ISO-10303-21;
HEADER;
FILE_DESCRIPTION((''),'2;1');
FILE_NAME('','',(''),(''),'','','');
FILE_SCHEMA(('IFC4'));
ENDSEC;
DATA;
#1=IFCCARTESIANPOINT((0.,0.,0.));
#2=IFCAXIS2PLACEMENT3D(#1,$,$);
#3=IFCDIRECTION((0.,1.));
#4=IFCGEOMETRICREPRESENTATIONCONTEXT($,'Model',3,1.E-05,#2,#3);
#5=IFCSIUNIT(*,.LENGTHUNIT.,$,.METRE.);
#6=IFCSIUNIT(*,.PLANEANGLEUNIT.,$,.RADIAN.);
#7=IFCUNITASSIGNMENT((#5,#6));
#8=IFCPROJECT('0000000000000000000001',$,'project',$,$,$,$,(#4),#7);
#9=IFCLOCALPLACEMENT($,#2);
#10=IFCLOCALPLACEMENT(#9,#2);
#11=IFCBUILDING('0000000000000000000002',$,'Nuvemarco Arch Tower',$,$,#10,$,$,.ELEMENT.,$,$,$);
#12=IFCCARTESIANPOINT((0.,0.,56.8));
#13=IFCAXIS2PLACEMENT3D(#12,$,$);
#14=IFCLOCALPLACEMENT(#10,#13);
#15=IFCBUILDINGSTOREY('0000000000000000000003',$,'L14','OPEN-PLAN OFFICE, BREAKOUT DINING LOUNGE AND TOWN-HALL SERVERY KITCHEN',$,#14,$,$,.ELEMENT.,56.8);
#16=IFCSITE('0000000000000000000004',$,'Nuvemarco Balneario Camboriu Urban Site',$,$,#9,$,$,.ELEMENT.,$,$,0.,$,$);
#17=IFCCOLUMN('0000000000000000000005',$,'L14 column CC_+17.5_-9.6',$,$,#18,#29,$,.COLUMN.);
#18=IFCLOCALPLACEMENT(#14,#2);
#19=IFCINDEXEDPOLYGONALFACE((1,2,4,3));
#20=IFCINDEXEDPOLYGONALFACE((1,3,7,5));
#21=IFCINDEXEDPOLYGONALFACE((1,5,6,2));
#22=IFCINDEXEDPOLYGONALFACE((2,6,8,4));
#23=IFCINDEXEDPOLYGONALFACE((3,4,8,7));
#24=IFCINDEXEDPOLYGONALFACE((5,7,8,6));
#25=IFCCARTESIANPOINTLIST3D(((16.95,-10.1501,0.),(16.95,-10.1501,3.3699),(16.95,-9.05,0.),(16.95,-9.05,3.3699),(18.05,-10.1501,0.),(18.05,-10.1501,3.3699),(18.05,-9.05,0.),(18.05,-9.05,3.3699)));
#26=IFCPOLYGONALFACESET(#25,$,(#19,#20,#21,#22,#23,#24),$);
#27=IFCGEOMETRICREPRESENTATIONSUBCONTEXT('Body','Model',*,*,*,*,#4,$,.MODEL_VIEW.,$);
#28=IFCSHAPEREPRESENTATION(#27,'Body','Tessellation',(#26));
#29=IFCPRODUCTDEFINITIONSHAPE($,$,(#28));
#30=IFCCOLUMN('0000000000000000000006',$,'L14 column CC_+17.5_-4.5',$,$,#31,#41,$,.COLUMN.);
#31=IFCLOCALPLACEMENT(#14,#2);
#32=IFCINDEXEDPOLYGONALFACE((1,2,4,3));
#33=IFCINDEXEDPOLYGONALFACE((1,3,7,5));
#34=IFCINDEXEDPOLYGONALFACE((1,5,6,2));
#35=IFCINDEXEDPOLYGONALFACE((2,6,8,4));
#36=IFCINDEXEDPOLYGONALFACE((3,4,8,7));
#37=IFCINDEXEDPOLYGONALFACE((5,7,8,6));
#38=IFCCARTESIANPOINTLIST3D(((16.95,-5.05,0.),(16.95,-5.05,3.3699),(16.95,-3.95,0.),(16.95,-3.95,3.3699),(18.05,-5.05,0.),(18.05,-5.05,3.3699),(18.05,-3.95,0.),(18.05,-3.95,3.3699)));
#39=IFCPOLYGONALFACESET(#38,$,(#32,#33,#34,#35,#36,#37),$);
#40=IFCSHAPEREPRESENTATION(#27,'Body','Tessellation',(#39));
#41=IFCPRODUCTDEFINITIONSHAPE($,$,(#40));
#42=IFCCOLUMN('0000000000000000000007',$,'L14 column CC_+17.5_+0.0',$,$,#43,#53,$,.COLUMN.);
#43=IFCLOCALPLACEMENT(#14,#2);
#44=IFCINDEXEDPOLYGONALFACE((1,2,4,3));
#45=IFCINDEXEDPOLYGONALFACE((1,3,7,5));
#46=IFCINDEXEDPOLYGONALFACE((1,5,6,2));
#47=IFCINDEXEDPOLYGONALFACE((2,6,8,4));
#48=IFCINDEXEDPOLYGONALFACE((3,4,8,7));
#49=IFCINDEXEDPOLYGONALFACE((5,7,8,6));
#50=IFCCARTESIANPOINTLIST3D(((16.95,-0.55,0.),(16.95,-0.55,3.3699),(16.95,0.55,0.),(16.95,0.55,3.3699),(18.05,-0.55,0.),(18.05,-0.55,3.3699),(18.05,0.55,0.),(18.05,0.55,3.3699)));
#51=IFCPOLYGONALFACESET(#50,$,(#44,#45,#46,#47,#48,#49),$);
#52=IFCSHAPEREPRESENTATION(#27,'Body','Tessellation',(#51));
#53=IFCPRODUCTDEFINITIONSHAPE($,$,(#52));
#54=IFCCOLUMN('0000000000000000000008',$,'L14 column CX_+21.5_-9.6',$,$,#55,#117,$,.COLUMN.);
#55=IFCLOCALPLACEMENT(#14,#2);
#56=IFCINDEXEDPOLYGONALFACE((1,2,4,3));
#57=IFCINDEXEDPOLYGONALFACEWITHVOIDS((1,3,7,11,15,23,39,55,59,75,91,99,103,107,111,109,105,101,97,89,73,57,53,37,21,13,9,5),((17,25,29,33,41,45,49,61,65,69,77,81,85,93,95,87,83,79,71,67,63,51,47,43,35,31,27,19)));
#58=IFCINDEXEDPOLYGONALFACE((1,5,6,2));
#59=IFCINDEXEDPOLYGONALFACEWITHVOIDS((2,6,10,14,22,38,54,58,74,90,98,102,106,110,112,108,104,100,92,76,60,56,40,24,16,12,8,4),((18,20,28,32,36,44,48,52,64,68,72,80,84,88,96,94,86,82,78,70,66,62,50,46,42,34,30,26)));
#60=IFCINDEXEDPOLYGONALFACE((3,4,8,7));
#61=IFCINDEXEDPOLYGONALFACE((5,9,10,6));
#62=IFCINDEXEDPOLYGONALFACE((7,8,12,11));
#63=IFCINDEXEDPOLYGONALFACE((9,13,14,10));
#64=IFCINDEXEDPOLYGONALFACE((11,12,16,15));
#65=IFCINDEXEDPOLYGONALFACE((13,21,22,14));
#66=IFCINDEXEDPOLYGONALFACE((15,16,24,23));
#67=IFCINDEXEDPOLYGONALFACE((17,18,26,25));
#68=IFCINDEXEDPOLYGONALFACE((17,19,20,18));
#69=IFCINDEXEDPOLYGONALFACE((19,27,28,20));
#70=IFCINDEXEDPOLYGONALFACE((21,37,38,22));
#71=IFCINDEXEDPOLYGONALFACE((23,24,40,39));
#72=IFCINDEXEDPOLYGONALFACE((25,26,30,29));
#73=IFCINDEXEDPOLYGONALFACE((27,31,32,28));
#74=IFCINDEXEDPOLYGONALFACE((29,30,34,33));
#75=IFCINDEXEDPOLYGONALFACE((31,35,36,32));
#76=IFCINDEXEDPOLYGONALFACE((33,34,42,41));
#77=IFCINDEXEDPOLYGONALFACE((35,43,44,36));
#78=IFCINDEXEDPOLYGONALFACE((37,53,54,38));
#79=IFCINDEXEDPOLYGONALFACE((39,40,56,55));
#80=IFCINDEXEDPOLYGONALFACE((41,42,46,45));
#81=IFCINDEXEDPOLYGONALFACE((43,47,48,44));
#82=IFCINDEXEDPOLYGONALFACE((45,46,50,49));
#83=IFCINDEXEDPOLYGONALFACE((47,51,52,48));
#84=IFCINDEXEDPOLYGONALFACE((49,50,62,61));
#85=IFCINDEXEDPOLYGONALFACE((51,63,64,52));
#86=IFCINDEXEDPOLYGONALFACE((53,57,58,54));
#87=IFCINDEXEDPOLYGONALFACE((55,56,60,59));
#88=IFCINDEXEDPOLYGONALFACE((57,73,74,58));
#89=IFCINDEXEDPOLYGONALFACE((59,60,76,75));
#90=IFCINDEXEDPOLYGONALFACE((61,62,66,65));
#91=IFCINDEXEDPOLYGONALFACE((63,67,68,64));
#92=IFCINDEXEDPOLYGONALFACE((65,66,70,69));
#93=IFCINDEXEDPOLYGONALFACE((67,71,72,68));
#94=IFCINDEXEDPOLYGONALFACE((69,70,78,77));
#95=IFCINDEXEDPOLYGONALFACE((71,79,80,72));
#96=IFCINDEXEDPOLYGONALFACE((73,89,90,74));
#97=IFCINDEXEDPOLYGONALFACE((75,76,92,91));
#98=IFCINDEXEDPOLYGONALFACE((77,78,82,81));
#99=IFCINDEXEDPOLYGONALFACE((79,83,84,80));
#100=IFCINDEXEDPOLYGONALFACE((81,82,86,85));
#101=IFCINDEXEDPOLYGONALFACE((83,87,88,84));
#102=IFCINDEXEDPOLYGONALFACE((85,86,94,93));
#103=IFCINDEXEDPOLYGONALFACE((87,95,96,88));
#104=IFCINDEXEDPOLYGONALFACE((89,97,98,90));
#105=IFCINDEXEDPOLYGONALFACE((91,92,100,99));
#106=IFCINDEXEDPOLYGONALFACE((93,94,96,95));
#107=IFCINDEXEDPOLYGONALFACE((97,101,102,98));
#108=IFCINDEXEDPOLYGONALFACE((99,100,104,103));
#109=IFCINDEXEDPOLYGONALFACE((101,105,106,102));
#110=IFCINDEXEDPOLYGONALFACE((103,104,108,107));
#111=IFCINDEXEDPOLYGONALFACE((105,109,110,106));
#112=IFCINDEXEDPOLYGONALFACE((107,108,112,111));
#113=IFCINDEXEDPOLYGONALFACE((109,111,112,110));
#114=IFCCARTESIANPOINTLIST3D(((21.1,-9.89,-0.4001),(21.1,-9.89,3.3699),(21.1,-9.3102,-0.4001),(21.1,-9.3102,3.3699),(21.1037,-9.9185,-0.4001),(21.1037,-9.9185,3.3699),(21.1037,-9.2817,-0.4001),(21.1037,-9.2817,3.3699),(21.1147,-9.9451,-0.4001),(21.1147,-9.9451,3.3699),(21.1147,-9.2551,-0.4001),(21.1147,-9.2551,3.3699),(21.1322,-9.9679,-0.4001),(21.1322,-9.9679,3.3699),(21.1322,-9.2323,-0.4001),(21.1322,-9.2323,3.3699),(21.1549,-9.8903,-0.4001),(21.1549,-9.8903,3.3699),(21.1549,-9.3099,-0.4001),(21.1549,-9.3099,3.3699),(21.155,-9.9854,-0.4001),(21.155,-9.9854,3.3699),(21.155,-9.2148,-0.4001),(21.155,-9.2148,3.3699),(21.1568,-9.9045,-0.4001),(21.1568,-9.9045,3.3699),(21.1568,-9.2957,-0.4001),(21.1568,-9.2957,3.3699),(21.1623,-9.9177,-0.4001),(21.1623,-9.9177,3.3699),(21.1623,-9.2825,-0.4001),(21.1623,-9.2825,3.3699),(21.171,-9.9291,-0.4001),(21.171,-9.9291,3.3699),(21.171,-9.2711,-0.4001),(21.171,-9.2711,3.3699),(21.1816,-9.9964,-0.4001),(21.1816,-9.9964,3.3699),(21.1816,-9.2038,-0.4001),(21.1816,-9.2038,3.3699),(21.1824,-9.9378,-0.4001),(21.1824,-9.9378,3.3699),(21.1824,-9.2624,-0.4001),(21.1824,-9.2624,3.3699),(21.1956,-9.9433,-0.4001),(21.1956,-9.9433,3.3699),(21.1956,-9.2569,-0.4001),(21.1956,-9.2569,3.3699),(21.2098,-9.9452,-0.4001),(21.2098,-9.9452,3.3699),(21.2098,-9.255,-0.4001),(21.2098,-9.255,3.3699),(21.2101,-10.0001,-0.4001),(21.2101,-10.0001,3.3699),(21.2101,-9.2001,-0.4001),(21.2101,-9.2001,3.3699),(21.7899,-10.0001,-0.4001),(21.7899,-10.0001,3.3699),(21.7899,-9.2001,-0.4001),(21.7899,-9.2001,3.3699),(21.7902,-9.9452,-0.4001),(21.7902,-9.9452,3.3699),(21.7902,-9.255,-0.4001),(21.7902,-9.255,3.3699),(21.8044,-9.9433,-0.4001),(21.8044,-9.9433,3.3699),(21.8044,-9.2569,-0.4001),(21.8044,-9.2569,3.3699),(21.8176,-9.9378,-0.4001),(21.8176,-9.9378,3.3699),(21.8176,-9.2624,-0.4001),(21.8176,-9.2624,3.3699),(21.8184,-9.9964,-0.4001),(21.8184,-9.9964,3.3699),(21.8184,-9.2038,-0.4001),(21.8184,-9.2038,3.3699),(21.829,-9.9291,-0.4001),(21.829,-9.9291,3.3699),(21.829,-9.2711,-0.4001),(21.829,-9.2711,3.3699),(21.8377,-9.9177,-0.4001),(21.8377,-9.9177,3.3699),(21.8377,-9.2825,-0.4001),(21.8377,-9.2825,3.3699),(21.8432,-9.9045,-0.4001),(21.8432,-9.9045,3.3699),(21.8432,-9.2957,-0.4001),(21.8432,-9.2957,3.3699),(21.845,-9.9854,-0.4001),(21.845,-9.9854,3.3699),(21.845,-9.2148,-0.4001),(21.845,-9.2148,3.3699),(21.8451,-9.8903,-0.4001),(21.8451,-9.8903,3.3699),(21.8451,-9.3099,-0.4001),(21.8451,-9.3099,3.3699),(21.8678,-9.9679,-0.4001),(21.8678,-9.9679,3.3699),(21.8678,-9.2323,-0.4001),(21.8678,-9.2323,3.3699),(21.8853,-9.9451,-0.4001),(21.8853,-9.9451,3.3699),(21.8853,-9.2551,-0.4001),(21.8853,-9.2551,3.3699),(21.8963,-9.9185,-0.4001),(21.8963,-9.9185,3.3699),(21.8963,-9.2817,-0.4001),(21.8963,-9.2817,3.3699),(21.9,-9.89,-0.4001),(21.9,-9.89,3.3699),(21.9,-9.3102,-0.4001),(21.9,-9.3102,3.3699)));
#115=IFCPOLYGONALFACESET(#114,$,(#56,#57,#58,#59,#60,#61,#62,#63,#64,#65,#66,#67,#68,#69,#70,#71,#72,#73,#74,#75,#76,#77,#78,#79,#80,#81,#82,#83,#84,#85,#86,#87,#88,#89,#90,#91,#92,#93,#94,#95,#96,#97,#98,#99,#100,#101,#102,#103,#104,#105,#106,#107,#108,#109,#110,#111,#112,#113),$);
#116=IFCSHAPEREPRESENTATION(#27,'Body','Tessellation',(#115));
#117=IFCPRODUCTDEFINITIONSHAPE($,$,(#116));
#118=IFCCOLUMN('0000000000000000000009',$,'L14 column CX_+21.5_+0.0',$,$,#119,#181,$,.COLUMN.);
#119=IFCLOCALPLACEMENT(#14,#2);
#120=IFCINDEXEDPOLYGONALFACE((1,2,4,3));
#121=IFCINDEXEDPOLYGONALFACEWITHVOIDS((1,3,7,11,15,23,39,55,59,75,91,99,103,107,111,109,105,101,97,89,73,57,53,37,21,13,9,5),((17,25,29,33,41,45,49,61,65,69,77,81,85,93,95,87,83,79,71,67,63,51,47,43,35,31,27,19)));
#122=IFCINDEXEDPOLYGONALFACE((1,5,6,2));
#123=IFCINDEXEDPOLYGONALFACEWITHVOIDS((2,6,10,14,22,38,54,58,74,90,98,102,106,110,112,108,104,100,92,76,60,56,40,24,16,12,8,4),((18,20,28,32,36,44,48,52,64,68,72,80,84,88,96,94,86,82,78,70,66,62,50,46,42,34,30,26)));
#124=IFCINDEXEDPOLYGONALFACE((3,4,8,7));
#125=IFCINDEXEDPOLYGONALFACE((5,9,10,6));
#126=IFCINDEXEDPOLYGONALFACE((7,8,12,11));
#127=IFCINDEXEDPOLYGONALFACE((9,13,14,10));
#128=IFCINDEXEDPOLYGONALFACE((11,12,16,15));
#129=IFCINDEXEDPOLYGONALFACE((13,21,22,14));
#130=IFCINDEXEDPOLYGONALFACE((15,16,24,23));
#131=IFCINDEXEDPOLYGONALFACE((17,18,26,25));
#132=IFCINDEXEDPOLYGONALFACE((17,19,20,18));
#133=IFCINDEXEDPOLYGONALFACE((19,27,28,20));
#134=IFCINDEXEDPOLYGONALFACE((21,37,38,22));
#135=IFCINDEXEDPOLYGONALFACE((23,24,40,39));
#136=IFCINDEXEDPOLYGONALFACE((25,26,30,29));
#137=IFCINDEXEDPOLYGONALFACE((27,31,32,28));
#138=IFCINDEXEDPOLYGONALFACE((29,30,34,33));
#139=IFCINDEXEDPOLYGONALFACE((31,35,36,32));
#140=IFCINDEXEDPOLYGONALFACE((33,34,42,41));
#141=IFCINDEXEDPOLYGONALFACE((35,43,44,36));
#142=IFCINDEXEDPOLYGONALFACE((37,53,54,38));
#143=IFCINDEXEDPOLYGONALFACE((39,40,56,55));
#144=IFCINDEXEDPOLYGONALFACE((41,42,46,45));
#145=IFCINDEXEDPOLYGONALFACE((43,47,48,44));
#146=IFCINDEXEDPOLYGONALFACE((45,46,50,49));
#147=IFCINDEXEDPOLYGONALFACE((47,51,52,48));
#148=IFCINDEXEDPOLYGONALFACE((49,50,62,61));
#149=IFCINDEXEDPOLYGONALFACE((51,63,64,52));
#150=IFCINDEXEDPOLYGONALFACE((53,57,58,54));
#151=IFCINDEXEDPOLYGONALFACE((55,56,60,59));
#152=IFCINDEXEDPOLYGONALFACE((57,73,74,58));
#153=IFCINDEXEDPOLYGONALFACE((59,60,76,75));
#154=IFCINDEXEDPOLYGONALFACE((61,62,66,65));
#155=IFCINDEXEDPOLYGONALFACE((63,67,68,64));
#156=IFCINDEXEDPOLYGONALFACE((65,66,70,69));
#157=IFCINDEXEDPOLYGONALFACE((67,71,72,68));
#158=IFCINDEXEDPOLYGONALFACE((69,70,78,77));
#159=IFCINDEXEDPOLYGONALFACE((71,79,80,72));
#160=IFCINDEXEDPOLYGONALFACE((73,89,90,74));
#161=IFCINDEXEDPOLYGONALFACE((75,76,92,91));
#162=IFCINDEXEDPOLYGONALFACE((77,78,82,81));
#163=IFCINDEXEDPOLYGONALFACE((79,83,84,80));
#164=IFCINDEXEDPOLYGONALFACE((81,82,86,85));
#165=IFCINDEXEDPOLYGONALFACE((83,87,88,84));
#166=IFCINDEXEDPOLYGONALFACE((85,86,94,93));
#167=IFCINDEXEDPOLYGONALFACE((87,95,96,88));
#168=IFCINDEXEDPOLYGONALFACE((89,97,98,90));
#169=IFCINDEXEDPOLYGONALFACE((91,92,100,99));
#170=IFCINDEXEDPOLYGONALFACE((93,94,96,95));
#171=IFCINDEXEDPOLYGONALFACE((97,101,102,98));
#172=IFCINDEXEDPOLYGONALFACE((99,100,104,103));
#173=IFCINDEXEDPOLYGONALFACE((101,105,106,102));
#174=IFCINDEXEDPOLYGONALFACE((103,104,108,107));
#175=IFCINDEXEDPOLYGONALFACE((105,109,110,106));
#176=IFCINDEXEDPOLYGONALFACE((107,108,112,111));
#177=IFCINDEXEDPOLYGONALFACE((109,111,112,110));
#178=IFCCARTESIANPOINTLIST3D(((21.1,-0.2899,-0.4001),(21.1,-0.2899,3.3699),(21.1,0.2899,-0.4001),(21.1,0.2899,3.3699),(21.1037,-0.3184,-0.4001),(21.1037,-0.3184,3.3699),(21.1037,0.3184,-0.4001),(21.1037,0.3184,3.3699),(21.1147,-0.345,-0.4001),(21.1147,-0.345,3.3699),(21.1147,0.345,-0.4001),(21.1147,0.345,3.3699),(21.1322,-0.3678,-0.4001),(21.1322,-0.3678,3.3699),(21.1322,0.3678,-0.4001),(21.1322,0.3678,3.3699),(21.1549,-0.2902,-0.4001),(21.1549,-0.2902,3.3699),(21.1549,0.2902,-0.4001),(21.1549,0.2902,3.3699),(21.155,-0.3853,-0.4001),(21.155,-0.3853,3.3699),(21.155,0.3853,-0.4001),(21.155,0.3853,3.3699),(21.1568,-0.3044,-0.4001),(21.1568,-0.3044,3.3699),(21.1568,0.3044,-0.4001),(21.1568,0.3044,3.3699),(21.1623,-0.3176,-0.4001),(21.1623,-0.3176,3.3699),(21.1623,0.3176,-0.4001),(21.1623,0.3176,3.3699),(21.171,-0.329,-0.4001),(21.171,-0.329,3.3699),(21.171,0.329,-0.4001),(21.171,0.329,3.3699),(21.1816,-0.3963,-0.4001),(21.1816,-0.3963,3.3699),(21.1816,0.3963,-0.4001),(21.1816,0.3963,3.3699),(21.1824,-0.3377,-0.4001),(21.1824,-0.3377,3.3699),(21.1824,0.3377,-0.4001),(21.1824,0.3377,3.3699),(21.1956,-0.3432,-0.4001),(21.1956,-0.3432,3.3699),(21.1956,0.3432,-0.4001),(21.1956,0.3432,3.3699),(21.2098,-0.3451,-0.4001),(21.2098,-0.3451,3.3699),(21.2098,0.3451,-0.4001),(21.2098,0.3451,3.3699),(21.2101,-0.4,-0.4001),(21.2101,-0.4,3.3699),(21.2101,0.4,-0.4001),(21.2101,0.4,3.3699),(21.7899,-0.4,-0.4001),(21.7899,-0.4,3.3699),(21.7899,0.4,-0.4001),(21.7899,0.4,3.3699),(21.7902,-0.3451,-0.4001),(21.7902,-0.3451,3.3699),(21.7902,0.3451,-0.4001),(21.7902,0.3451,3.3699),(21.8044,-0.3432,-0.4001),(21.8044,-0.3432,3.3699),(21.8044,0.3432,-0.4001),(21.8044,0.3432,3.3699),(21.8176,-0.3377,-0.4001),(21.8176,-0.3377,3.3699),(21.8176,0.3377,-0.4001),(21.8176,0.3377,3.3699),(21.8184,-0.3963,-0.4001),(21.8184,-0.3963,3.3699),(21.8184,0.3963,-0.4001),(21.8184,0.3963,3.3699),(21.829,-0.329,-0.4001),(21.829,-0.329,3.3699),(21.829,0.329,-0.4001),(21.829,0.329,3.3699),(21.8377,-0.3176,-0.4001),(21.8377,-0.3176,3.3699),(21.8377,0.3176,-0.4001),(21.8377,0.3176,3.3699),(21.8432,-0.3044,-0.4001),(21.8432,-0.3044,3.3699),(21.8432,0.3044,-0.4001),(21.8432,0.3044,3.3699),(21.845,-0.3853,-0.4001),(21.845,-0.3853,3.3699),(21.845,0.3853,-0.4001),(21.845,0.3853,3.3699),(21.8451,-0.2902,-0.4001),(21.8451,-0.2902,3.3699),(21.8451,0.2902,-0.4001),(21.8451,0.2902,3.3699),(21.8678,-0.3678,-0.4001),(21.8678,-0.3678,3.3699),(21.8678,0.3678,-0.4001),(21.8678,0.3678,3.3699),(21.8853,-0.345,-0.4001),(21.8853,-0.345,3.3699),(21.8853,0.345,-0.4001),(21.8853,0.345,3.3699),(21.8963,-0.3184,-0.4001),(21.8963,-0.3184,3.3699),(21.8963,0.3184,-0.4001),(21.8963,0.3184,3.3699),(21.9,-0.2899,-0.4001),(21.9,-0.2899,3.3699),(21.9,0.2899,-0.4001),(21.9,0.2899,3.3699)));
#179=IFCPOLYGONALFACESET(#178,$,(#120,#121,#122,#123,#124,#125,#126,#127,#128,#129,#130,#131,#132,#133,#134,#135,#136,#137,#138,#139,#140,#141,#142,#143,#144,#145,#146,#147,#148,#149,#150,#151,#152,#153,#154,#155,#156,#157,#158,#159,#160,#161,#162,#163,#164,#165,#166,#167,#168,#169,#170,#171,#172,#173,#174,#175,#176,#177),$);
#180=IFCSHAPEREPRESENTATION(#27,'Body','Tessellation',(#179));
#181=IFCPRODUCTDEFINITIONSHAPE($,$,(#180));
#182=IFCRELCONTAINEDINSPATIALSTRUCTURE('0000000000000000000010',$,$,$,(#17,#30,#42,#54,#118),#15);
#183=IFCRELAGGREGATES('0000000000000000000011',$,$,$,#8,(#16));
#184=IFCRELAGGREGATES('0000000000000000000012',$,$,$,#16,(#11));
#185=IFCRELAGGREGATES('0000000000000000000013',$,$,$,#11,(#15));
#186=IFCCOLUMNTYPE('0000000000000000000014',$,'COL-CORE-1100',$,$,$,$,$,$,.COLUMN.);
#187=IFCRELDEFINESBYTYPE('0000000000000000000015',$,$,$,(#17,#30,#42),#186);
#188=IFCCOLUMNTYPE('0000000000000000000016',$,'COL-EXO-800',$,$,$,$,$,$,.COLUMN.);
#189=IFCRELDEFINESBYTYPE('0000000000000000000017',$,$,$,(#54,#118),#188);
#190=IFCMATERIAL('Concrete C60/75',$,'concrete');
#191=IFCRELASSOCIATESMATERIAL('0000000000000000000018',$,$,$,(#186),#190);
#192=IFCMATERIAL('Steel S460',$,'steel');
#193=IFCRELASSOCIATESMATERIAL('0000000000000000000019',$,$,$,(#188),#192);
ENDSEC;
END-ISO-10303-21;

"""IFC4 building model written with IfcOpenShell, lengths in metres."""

from ifc_helpers import new_model, si_unit, direction, frame, origin, origin_2d, place, context, subcontext, project, spatial, rectangle, hollow_rectangle, extrude, material, material_profile, profile_set, type_object, element, save


model = new_model("IFC4")

# Units and contexts
model_context = context("Model", 3, precision=1e-05, world=origin(), true_north=direction((0.0, 1.0)))
body_context = subcontext(model_context, "Body", "Model", "MODEL_VIEW")
ifc_project = project(units=[si_unit("LENGTHUNIT", "METRE"), si_unit("PLANEANGLEUNIT", "RADIAN")], contexts=[model_context])

# Site, building, storey
site_placement = place(None, origin())
site = spatial("IfcSite", under=ifc_project, at=site_placement, Name="Nuvemarco Balneario Camboriu Urban Site", CompositionType="ELEMENT", RefElevation=0.0)
building_placement = place(site_placement, origin())
building = spatial("IfcBuilding", under=site, at=building_placement, Name="Nuvemarco Arch Tower", CompositionType="ELEMENT")
storey_placement = place(building_placement, frame((0.0, 0.0, 56.8)))
storey = spatial("IfcBuildingStorey", under=building, at=storey_placement, Name="L14", Description="OPEN-PLAN OFFICE, BREAKOUT DINING LOUNGE AND TOWN-HALL SERVERY KITCHEN", CompositionType="ELEMENT", Elevation=56.8)

# Columns
ifc_material_1 = material(Name="Concrete C60/75", Category="concrete")
ifc_material_profile_1 = material_profile(ifc_material_1, rectangle(XDim=1.1001, YDim=1.1001, at=origin_2d()), Name="RC-COL-1100x1100")
ifc_profile_set_1 = profile_set([ifc_material_profile_1], Name="Concrete C60/75")
column_type_1 = type_object("IfcColumnType", Name="COL-CORE-1100", PredefinedType="COLUMN", material=ifc_profile_set_1)
for number, where, z_axis, x_axis, name in (
    (1, (17.5, -9.6001, 0.0), (0.0, 0.0, 1.0), (1.0, 0.0, 0.0), "L14 column CC_+17.5_-9.6"),
    (2, (17.5, -4.5, 0.0), (0.0, 0.0, 1.0), (1.0, 0.0, 0.0), "L14 column CC_+17.5_-4.5"),
    (3, (17.5, 0.0, 0.0), (0.0, 0.0, 1.0), (1.0, 0.0, 0.0), "L14 column CC_+17.5_+0.0"),
):
    element("IfcColumn", number, at=place(storey_placement, frame(where, z_axis=z_axis, x_axis=x_axis)), inside=storey, type_object=column_type_1, Name=name, PredefinedType="COLUMN", context=body_context, shape_type="SweptSolid", body=[
        extrude(rectangle(XDim=1.1001, YDim=1.1001, at=origin_2d()), origin(), (0.0, 0.0, 1.0), 3.3699),
    ])
ifc_material_2 = material(Name="Steel S460", Category="steel")
ifc_material_profile_2 = material_profile(ifc_material_2, hollow_rectangle(XDim=0.8, YDim=0.8, WallThickness=0.0549, InnerFilletRadius=0.0549, OuterFilletRadius=0.1101, at=origin_2d()), Name="SHS800x800x55")
ifc_profile_set_2 = profile_set([ifc_material_profile_2], Name="Steel S460")
column_type_2 = type_object("IfcColumnType", Name="COL-EXO-800", PredefinedType="COLUMN", material=ifc_profile_set_2)
for number, where, z_axis, x_axis, name in (
    (4, (21.5, -9.6001, -0.4001), (0.0, 0.0, 1.0), (1.0, 0.0, 0.0), "L14 column CX_+21.5_-9.6"),
    (5, (21.5, 0.0, -0.4001), (0.0, 0.0, 1.0), (1.0, 0.0, 0.0), "L14 column CX_+21.5_+0.0"),
):
    element("IfcColumn", number, at=place(storey_placement, frame(where, z_axis=z_axis, x_axis=x_axis)), inside=storey, type_object=column_type_2, Name=name, PredefinedType="COLUMN", context=body_context, shape_type="SweptSolid", body=[
        extrude(hollow_rectangle(XDim=0.8, YDim=0.8, WallThickness=0.0549, InnerFilletRadius=0.0549, OuterFilletRadius=0.1101, at=origin_2d()), origin(), (0.0, 0.0, 1.0), 3.77),
    ])

save(model, "model.ifc")
